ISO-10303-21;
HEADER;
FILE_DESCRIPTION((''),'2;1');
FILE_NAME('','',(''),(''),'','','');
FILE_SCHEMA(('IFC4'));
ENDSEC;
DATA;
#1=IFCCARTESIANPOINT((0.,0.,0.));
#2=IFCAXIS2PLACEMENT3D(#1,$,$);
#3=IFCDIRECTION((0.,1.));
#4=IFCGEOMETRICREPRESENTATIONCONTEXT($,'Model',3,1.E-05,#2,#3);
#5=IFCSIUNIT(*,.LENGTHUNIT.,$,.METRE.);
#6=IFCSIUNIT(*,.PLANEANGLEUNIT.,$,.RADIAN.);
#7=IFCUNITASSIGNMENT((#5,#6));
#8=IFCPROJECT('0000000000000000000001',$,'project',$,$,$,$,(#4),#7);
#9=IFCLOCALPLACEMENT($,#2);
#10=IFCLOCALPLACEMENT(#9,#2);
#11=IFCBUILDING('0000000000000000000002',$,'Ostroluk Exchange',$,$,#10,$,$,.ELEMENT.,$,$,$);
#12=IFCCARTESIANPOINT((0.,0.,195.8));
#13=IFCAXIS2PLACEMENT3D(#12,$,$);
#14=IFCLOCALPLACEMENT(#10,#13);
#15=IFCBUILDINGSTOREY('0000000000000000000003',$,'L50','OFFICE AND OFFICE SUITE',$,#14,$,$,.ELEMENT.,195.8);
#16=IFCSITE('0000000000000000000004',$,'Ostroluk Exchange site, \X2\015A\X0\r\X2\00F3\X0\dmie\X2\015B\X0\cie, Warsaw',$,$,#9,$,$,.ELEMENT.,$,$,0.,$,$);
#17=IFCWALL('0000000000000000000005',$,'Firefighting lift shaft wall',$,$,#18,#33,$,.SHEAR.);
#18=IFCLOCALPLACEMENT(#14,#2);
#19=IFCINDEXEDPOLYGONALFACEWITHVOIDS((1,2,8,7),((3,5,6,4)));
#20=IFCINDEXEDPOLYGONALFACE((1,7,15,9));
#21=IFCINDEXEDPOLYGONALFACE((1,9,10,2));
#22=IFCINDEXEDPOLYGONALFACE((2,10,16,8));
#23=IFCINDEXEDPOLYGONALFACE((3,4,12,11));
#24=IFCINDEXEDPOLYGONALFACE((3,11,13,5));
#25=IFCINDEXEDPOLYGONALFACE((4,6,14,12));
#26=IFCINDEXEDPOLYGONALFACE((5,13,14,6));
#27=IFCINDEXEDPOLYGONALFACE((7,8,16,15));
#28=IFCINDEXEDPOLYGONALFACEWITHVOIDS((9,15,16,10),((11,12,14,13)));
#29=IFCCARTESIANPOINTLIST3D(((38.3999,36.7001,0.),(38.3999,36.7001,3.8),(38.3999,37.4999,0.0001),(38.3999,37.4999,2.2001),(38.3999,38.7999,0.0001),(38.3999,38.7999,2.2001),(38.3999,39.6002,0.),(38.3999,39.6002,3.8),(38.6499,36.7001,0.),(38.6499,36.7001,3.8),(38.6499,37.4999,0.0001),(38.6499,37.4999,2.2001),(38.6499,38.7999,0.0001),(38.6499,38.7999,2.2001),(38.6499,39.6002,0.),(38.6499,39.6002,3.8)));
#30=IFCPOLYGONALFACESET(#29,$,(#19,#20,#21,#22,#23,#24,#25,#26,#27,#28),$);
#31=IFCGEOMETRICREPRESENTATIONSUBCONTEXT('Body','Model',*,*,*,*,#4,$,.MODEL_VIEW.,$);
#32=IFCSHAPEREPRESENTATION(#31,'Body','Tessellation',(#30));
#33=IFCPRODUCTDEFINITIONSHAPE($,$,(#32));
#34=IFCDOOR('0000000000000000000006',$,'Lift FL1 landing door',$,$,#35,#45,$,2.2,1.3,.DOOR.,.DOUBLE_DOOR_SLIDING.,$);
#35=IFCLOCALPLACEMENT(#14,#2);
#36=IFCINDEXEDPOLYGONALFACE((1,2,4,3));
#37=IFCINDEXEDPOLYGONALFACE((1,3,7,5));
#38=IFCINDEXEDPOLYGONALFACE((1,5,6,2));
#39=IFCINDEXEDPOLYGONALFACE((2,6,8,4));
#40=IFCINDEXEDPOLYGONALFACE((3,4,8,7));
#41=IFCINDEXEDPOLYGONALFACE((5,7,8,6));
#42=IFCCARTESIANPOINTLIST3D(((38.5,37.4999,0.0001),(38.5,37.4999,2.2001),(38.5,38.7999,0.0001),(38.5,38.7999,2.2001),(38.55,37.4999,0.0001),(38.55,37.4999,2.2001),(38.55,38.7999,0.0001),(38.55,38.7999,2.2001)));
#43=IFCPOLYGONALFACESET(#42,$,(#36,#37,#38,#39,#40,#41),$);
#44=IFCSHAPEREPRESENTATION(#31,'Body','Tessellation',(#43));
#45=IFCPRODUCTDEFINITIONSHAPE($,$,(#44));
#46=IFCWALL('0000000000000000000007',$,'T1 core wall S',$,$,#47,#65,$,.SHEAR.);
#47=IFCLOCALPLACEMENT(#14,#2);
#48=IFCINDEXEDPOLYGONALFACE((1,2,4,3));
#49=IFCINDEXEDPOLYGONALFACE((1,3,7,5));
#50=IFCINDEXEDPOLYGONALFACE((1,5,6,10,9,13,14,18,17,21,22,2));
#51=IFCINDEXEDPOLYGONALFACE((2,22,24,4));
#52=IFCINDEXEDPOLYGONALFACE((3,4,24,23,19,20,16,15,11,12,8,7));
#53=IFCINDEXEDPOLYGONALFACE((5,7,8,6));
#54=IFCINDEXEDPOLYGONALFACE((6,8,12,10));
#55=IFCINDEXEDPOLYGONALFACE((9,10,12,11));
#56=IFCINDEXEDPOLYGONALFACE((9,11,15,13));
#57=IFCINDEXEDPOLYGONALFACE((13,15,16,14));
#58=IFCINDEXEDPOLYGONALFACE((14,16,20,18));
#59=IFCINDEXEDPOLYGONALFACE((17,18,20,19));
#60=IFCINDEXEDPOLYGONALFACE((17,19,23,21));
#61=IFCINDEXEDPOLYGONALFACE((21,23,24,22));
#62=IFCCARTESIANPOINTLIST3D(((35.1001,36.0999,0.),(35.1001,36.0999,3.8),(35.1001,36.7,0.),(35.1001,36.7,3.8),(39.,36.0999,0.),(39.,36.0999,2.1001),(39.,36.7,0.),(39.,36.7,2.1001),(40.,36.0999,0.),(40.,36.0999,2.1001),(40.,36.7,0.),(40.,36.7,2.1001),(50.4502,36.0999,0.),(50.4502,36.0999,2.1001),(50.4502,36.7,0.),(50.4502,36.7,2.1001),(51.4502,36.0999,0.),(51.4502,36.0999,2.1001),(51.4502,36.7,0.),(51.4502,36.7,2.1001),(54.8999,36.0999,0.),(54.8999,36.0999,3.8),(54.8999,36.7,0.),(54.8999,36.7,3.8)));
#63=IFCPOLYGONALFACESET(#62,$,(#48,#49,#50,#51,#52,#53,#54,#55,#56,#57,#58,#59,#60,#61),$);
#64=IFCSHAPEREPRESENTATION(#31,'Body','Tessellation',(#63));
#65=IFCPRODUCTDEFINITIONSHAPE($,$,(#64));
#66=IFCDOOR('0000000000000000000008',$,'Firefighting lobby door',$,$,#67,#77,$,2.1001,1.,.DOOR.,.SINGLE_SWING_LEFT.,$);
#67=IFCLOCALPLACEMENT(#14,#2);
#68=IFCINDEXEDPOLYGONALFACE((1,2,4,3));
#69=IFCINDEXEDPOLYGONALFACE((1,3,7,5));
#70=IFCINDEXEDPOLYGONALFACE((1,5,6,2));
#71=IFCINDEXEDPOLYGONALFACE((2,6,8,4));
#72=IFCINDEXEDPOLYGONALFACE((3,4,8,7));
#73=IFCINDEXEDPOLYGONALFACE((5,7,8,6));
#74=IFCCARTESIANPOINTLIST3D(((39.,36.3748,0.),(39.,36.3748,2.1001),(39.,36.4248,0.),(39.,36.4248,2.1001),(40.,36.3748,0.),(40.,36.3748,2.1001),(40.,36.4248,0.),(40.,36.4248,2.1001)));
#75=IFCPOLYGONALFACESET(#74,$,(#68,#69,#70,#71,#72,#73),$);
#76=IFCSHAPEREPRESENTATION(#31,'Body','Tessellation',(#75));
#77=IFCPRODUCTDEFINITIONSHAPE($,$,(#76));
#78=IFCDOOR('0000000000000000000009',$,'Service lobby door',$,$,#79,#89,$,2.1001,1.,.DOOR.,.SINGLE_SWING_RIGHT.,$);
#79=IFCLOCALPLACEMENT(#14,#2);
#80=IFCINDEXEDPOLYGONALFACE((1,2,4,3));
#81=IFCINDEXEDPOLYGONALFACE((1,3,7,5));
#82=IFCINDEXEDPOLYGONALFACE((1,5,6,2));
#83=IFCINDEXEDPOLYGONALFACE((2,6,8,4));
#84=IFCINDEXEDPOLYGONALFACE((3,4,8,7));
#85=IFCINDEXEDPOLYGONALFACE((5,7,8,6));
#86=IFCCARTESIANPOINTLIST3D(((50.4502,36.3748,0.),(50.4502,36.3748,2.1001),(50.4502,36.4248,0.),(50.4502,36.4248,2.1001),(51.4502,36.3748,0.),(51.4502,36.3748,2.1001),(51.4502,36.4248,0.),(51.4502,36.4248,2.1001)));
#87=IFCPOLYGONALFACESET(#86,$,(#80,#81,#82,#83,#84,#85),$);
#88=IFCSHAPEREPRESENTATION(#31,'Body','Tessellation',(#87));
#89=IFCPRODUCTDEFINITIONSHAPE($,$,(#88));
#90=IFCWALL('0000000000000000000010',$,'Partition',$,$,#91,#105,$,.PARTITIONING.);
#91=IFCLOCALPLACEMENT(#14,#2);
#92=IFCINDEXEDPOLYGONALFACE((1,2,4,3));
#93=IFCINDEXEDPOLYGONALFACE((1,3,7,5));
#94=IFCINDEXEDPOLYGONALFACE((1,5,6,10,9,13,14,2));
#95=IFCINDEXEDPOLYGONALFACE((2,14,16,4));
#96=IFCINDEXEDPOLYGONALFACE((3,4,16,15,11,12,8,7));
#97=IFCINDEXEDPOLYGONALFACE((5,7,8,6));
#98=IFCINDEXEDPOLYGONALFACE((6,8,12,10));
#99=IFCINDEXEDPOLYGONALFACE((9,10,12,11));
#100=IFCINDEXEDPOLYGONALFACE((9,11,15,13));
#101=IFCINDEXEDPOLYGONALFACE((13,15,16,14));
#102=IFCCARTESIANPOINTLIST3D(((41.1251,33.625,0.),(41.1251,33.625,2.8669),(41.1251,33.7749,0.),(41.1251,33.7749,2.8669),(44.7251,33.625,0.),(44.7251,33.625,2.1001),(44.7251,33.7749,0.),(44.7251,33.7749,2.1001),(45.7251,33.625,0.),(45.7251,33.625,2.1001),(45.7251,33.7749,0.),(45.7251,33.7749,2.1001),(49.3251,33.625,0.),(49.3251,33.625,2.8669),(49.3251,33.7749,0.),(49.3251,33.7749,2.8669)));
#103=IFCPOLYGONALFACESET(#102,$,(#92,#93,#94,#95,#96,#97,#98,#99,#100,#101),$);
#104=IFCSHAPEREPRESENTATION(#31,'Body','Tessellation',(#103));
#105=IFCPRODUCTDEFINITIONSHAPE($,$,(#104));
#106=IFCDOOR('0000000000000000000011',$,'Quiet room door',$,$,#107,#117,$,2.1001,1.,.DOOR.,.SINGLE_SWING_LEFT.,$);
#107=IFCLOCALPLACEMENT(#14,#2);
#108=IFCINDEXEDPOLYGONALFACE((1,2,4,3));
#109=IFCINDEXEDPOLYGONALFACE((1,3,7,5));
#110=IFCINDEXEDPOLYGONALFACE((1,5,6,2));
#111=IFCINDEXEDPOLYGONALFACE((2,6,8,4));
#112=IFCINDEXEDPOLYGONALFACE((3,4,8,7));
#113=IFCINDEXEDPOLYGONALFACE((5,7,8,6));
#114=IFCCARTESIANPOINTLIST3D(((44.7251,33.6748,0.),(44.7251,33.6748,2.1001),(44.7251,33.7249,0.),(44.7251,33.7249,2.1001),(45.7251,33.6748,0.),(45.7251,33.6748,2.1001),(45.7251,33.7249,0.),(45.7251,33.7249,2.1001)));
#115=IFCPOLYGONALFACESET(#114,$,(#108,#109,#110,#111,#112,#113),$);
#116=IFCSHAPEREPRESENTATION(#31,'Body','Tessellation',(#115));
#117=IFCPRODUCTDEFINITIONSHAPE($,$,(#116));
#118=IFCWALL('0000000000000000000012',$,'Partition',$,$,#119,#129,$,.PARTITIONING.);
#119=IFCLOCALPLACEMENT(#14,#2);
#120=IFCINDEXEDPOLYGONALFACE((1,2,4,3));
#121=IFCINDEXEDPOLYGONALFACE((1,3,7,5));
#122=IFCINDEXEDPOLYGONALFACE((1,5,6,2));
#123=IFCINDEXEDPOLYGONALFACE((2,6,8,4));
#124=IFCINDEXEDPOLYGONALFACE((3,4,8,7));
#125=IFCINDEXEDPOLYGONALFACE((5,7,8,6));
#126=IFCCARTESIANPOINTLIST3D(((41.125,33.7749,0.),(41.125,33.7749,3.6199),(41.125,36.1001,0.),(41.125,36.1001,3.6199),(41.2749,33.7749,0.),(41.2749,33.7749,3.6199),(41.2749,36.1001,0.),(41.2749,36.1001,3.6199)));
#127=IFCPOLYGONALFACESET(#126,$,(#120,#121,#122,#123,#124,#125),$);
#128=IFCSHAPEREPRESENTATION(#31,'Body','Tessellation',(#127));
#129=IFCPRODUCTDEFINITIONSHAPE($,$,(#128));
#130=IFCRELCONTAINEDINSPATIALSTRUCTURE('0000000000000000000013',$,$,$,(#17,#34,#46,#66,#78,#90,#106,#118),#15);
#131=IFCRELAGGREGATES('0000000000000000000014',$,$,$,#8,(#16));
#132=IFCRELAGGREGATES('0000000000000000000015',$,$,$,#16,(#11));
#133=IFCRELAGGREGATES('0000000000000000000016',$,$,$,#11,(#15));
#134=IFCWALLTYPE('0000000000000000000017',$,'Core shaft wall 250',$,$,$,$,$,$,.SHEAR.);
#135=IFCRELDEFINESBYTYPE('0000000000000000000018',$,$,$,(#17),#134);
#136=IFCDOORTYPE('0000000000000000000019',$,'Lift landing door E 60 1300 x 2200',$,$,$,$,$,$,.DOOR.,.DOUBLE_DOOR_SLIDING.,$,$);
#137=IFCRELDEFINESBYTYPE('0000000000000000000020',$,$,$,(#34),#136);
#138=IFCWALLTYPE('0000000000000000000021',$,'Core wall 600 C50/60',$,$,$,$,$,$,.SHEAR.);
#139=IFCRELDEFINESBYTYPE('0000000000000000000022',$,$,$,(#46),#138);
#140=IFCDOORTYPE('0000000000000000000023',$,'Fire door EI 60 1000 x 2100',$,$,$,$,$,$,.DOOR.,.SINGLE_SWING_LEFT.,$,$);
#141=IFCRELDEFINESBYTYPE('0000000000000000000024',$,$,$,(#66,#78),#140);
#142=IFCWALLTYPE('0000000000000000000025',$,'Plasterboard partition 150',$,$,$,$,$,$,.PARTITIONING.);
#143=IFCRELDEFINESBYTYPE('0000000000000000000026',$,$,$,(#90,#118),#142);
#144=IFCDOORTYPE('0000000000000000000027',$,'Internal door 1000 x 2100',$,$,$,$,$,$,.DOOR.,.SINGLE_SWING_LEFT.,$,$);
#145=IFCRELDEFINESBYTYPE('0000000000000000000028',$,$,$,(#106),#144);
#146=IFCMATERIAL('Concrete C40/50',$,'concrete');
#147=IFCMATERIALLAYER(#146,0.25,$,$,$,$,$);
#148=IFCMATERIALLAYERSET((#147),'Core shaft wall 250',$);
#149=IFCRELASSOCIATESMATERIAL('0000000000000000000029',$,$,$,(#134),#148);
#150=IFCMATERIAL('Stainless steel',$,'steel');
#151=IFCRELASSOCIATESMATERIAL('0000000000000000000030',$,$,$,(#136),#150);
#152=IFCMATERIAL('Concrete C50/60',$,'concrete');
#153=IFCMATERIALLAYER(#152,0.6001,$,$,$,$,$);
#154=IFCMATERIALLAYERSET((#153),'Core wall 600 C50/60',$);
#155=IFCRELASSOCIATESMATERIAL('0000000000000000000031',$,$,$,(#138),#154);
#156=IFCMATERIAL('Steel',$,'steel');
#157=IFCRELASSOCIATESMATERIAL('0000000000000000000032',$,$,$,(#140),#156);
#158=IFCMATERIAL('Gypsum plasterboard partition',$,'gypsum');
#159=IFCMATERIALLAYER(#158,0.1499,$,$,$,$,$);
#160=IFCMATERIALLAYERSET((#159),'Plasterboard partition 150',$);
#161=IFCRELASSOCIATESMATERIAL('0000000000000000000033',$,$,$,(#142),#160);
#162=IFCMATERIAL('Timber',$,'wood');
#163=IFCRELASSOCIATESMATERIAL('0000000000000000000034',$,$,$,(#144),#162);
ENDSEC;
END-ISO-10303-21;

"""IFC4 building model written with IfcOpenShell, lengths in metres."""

from ifc_helpers import new_model, si_unit, direction, frame, frame_2d, origin, place, context, subcontext, project, spatial, rectangle, extrude, material, layer, layer_set, type_object, element, fill, save


model = new_model("IFC4")

# Units and contexts
model_context = context("Model", 3, precision=1e-05, world=origin(), true_north=direction((0.0, 1.0)))
body_context = subcontext(model_context, "Body", "Model", "MODEL_VIEW")
ifc_project = project(units=[si_unit("LENGTHUNIT", "METRE"), si_unit("PLANEANGLEUNIT", "RADIAN")], contexts=[model_context])

# Site, building, storey
site_placement = place(None, origin())
site = spatial("IfcSite", under=ifc_project, at=site_placement, Name="Ostroluk Exchange site, Śródmieście, Warsaw", CompositionType="ELEMENT", RefElevation=0.0)
building_placement = place(site_placement, origin())
building = spatial("IfcBuilding", under=site, at=building_placement, Name="Ostroluk Exchange", CompositionType="ELEMENT")
storey_placement = place(building_placement, frame((0.0, 0.0, 195.8)))
storey = spatial("IfcBuildingStorey", under=building, at=storey_placement, Name="L50", Description="OFFICE AND OFFICE SUITE", CompositionType="ELEMENT", Elevation=195.8)

# Wall, opening, door
ifc_material_1 = material(Name="Concrete C40/50", Category="concrete")
ifc_layer_1 = layer(ifc_material_1, 0.25)
ifc_layer_set_1 = layer_set([ifc_layer_1], Name="Core shaft wall 250")
wall_type_1 = type_object("IfcWallType", Name="Core shaft wall 250", PredefinedType="SHEAR", material=ifc_layer_set_1)
wall_1_placement = place(storey_placement, frame((38.5249, 36.7, 0.0), z_axis=(0.0, 0.0, 1.0), x_axis=(0.0, 1.0, 0.0)))
wall_1 = element("IfcWall", 1, at=wall_1_placement, inside=storey, type_object=wall_type_1, Name="Firefighting lift shaft wall", PredefinedType="SHEAR", context=body_context, shape_type="SweptSolid", body=[
    extrude(rectangle(XDim=2.9001, YDim=0.25, at=frame_2d((1.4502, 0.0))), origin(), (0.0, 0.0, 1.0), 3.8),
])
opening_1_placement = place(wall_1_placement, frame((0.8, 0.0, 0.0)))
opening_1 = element("IfcOpeningElement", 2, at=opening_1_placement, cuts=wall_1, PredefinedType="OPENING", context=body_context, shape_type="SweptSolid", body=[
    extrude(rectangle(XDim=1.3, YDim=2.2, at=frame_2d((0.6499, 1.1001))), frame((0.0, 0.135, 0.0), z_axis=(0.0, -1.0, 0.0), x_axis=(1.0, 0.0, 0.0)), (0.0, 0.0, 1.0), 0.27),
])
ifc_material_2 = material(Name="Stainless steel", Category="steel")
door_type_1 = type_object("IfcDoorType", Name="Lift landing door E 60 1300 x 2200", OperationType="DOUBLE_DOOR_SLIDING", PredefinedType="DOOR", material=ifc_material_2)
door_1_placement = place(opening_1_placement, origin())
door_1 = element("IfcDoor", 3, at=door_1_placement, inside=storey, type_object=door_type_1, Name="Lift FL1 landing door", OperationType="DOUBLE_DOOR_SLIDING", OverallHeight=2.2, OverallWidth=1.3, PredefinedType="DOOR", context=body_context, shape_type="SweptSolid", body=[
    extrude(rectangle(XDim=1.3, YDim=2.2, at=frame_2d((0.6499, 1.1001))), frame((0.0, 0.0249, 0.0), z_axis=(0.0, -1.0, 0.0), x_axis=(1.0, 0.0, 0.0)), (0.0, 0.0, 1.0), 0.05),
])
fill(opening_1, door_1)

# Wall, openings, doors
ifc_material_3 = material(Name="Concrete C50/60", Category="concrete")
ifc_layer_2 = layer(ifc_material_3, 0.6001)
ifc_layer_set_2 = layer_set([ifc_layer_2], Name="Core wall 600 C50/60")
wall_type_2 = type_object("IfcWallType", Name="Core wall 600 C50/60", PredefinedType="SHEAR", material=ifc_layer_set_2)
wall_2_placement = place(storey_placement, frame((35.1001, 36.3999, 0.0), z_axis=(0.0, 0.0, 1.0), x_axis=(1.0, 0.0, 0.0)))
wall_2 = element("IfcWall", 4, at=wall_2_placement, inside=storey, type_object=wall_type_2, Name="T1 core wall S", PredefinedType="SHEAR", context=body_context, shape_type="SweptSolid", body=[
    extrude(rectangle(XDim=19.7998, YDim=0.6001, at=frame_2d((9.8999, 0.0))), origin(), (0.0, 0.0, 1.0), 3.8),
])
opening_2_placement = place(wall_2_placement, frame((3.8999, 0.0, 0.0)))
opening_2 = element("IfcOpeningElement", 5, at=opening_2_placement, cuts=wall_2, PredefinedType="OPENING", context=body_context, shape_type="SweptSolid", body=[
    extrude(rectangle(XDim=1.0, YDim=2.1001, at=frame_2d((0.5, 1.05))), frame((0.0, 0.3101, 0.0), z_axis=(0.0, -1.0, 0.0), x_axis=(1.0, 0.0, 0.0)), (0.0, 0.0, 1.0), 0.6201),
])
opening_3_placement = place(wall_2_placement, frame((15.3501, 0.0, 0.0)))
opening_3 = element("IfcOpeningElement", 6, at=opening_3_placement, cuts=wall_2, PredefinedType="OPENING", context=body_context, shape_type="SweptSolid", body=[
    extrude(rectangle(XDim=1.0, YDim=2.1001, at=frame_2d((0.5, 1.05))), frame((0.0, 0.3101, 0.0), z_axis=(0.0, -1.0, 0.0), x_axis=(1.0, 0.0, 0.0)), (0.0, 0.0, 1.0), 0.6201),
])
ifc_material_4 = material(Name="Steel", Category="steel")
door_type_2 = type_object("IfcDoorType", Name="Fire door EI 60 1000 x 2100", OperationType="SINGLE_SWING_LEFT", PredefinedType="DOOR", material=ifc_material_4)
door_2_placement = place(opening_2_placement, origin())
door_2 = element("IfcDoor", 7, at=door_2_placement, inside=storey, type_object=door_type_2, Name="Firefighting lobby door", OperationType="SINGLE_SWING_LEFT", OverallHeight=2.1001, OverallWidth=1.0, PredefinedType="DOOR", context=body_context, shape_type="SweptSolid", body=[
    extrude(rectangle(XDim=1.0, YDim=2.1001, at=frame_2d((0.5, 1.05))), frame((0.0, 0.0249, 0.0), z_axis=(0.0, -1.0, 0.0), x_axis=(1.0, 0.0, 0.0)), (0.0, 0.0, 1.0), 0.05),
])
fill(opening_2, door_2)
door_3_placement = place(opening_3_placement, origin())
door_3 = element("IfcDoor", 8, at=door_3_placement, inside=storey, type_object=door_type_2, Name="Service lobby door", OperationType="SINGLE_SWING_RIGHT", OverallHeight=2.1001, OverallWidth=1.0, PredefinedType="DOOR", context=body_context, shape_type="SweptSolid", body=[
    extrude(rectangle(XDim=1.0, YDim=2.1001, at=frame_2d((0.5, 1.05))), frame((0.0, 0.0249, 0.0), z_axis=(0.0, -1.0, 0.0), x_axis=(1.0, 0.0, 0.0)), (0.0, 0.0, 1.0), 0.05),
])
fill(opening_3, door_3)

# Wall, opening, door
ifc_material_5 = material(Name="Gypsum plasterboard partition", Category="gypsum")
ifc_layer_3 = layer(ifc_material_5, 0.1499)
ifc_layer_set_3 = layer_set([ifc_layer_3], Name="Plasterboard partition 150")
wall_type_3 = type_object("IfcWallType", Name="Plasterboard partition 150", PredefinedType="PARTITIONING", material=ifc_layer_set_3)
wall_3_placement = place(storey_placement, frame((41.125, 33.7, 0.0), z_axis=(0.0, 0.0, 1.0), x_axis=(1.0, 0.0, 0.0)))
wall_3 = element("IfcWall", 9, at=wall_3_placement, inside=storey, type_object=wall_type_3, Name="Partition", PredefinedType="PARTITIONING", context=body_context, shape_type="SweptSolid", body=[
    extrude(rectangle(XDim=8.2, YDim=0.1499, at=frame_2d((4.1001, 0.0))), origin(), (0.0, 0.0, 1.0), 2.8669),
])
opening_4_placement = place(wall_3_placement, frame((3.6001, 0.0, 0.0)))
opening_4 = element("IfcOpeningElement", 10, at=opening_4_placement, cuts=wall_3, PredefinedType="OPENING", context=body_context, shape_type="SweptSolid", body=[
    extrude(rectangle(XDim=1.0, YDim=2.1001, at=frame_2d((0.5, 1.05))), frame((0.0, 0.085, 0.0), z_axis=(0.0, -1.0, 0.0), x_axis=(1.0, 0.0, 0.0)), (0.0, 0.0, 1.0), 0.1699),
])
ifc_material_6 = material(Name="Timber", Category="wood")
door_type_3 = type_object("IfcDoorType", Name="Internal door 1000 x 2100", OperationType="SINGLE_SWING_LEFT", PredefinedType="DOOR", material=ifc_material_6)
door_4_placement = place(opening_4_placement, origin())
door_4 = element("IfcDoor", 11, at=door_4_placement, inside=storey, type_object=door_type_3, Name="Quiet room door", OperationType="SINGLE_SWING_LEFT", OverallHeight=2.1001, OverallWidth=1.0, PredefinedType="DOOR", context=body_context, shape_type="SweptSolid", body=[
    extrude(rectangle(XDim=1.0, YDim=2.1001, at=frame_2d((0.5, 1.05))), frame((0.0, 0.0249, 0.0), z_axis=(0.0, -1.0, 0.0), x_axis=(1.0, 0.0, 0.0)), (0.0, 0.0, 1.0), 0.05),
])
fill(opening_4, door_4)

# Wall
wall_4_placement = place(storey_placement, frame((41.2, 36.1001, 0.0), z_axis=(0.0, 0.0, 1.0), x_axis=(0.0, -1.0, 0.0)))
element("IfcWall", 12, at=wall_4_placement, inside=storey, type_object=wall_type_3, Name="Partition", PredefinedType="PARTITIONING", context=body_context, shape_type="SweptSolid", body=[
    extrude(rectangle(XDim=2.3252, YDim=0.1499, at=frame_2d((1.1626, 0.0))), origin(), (0.0, 0.0, 1.0), 3.6199),
])

save(model, "model.ifc")
